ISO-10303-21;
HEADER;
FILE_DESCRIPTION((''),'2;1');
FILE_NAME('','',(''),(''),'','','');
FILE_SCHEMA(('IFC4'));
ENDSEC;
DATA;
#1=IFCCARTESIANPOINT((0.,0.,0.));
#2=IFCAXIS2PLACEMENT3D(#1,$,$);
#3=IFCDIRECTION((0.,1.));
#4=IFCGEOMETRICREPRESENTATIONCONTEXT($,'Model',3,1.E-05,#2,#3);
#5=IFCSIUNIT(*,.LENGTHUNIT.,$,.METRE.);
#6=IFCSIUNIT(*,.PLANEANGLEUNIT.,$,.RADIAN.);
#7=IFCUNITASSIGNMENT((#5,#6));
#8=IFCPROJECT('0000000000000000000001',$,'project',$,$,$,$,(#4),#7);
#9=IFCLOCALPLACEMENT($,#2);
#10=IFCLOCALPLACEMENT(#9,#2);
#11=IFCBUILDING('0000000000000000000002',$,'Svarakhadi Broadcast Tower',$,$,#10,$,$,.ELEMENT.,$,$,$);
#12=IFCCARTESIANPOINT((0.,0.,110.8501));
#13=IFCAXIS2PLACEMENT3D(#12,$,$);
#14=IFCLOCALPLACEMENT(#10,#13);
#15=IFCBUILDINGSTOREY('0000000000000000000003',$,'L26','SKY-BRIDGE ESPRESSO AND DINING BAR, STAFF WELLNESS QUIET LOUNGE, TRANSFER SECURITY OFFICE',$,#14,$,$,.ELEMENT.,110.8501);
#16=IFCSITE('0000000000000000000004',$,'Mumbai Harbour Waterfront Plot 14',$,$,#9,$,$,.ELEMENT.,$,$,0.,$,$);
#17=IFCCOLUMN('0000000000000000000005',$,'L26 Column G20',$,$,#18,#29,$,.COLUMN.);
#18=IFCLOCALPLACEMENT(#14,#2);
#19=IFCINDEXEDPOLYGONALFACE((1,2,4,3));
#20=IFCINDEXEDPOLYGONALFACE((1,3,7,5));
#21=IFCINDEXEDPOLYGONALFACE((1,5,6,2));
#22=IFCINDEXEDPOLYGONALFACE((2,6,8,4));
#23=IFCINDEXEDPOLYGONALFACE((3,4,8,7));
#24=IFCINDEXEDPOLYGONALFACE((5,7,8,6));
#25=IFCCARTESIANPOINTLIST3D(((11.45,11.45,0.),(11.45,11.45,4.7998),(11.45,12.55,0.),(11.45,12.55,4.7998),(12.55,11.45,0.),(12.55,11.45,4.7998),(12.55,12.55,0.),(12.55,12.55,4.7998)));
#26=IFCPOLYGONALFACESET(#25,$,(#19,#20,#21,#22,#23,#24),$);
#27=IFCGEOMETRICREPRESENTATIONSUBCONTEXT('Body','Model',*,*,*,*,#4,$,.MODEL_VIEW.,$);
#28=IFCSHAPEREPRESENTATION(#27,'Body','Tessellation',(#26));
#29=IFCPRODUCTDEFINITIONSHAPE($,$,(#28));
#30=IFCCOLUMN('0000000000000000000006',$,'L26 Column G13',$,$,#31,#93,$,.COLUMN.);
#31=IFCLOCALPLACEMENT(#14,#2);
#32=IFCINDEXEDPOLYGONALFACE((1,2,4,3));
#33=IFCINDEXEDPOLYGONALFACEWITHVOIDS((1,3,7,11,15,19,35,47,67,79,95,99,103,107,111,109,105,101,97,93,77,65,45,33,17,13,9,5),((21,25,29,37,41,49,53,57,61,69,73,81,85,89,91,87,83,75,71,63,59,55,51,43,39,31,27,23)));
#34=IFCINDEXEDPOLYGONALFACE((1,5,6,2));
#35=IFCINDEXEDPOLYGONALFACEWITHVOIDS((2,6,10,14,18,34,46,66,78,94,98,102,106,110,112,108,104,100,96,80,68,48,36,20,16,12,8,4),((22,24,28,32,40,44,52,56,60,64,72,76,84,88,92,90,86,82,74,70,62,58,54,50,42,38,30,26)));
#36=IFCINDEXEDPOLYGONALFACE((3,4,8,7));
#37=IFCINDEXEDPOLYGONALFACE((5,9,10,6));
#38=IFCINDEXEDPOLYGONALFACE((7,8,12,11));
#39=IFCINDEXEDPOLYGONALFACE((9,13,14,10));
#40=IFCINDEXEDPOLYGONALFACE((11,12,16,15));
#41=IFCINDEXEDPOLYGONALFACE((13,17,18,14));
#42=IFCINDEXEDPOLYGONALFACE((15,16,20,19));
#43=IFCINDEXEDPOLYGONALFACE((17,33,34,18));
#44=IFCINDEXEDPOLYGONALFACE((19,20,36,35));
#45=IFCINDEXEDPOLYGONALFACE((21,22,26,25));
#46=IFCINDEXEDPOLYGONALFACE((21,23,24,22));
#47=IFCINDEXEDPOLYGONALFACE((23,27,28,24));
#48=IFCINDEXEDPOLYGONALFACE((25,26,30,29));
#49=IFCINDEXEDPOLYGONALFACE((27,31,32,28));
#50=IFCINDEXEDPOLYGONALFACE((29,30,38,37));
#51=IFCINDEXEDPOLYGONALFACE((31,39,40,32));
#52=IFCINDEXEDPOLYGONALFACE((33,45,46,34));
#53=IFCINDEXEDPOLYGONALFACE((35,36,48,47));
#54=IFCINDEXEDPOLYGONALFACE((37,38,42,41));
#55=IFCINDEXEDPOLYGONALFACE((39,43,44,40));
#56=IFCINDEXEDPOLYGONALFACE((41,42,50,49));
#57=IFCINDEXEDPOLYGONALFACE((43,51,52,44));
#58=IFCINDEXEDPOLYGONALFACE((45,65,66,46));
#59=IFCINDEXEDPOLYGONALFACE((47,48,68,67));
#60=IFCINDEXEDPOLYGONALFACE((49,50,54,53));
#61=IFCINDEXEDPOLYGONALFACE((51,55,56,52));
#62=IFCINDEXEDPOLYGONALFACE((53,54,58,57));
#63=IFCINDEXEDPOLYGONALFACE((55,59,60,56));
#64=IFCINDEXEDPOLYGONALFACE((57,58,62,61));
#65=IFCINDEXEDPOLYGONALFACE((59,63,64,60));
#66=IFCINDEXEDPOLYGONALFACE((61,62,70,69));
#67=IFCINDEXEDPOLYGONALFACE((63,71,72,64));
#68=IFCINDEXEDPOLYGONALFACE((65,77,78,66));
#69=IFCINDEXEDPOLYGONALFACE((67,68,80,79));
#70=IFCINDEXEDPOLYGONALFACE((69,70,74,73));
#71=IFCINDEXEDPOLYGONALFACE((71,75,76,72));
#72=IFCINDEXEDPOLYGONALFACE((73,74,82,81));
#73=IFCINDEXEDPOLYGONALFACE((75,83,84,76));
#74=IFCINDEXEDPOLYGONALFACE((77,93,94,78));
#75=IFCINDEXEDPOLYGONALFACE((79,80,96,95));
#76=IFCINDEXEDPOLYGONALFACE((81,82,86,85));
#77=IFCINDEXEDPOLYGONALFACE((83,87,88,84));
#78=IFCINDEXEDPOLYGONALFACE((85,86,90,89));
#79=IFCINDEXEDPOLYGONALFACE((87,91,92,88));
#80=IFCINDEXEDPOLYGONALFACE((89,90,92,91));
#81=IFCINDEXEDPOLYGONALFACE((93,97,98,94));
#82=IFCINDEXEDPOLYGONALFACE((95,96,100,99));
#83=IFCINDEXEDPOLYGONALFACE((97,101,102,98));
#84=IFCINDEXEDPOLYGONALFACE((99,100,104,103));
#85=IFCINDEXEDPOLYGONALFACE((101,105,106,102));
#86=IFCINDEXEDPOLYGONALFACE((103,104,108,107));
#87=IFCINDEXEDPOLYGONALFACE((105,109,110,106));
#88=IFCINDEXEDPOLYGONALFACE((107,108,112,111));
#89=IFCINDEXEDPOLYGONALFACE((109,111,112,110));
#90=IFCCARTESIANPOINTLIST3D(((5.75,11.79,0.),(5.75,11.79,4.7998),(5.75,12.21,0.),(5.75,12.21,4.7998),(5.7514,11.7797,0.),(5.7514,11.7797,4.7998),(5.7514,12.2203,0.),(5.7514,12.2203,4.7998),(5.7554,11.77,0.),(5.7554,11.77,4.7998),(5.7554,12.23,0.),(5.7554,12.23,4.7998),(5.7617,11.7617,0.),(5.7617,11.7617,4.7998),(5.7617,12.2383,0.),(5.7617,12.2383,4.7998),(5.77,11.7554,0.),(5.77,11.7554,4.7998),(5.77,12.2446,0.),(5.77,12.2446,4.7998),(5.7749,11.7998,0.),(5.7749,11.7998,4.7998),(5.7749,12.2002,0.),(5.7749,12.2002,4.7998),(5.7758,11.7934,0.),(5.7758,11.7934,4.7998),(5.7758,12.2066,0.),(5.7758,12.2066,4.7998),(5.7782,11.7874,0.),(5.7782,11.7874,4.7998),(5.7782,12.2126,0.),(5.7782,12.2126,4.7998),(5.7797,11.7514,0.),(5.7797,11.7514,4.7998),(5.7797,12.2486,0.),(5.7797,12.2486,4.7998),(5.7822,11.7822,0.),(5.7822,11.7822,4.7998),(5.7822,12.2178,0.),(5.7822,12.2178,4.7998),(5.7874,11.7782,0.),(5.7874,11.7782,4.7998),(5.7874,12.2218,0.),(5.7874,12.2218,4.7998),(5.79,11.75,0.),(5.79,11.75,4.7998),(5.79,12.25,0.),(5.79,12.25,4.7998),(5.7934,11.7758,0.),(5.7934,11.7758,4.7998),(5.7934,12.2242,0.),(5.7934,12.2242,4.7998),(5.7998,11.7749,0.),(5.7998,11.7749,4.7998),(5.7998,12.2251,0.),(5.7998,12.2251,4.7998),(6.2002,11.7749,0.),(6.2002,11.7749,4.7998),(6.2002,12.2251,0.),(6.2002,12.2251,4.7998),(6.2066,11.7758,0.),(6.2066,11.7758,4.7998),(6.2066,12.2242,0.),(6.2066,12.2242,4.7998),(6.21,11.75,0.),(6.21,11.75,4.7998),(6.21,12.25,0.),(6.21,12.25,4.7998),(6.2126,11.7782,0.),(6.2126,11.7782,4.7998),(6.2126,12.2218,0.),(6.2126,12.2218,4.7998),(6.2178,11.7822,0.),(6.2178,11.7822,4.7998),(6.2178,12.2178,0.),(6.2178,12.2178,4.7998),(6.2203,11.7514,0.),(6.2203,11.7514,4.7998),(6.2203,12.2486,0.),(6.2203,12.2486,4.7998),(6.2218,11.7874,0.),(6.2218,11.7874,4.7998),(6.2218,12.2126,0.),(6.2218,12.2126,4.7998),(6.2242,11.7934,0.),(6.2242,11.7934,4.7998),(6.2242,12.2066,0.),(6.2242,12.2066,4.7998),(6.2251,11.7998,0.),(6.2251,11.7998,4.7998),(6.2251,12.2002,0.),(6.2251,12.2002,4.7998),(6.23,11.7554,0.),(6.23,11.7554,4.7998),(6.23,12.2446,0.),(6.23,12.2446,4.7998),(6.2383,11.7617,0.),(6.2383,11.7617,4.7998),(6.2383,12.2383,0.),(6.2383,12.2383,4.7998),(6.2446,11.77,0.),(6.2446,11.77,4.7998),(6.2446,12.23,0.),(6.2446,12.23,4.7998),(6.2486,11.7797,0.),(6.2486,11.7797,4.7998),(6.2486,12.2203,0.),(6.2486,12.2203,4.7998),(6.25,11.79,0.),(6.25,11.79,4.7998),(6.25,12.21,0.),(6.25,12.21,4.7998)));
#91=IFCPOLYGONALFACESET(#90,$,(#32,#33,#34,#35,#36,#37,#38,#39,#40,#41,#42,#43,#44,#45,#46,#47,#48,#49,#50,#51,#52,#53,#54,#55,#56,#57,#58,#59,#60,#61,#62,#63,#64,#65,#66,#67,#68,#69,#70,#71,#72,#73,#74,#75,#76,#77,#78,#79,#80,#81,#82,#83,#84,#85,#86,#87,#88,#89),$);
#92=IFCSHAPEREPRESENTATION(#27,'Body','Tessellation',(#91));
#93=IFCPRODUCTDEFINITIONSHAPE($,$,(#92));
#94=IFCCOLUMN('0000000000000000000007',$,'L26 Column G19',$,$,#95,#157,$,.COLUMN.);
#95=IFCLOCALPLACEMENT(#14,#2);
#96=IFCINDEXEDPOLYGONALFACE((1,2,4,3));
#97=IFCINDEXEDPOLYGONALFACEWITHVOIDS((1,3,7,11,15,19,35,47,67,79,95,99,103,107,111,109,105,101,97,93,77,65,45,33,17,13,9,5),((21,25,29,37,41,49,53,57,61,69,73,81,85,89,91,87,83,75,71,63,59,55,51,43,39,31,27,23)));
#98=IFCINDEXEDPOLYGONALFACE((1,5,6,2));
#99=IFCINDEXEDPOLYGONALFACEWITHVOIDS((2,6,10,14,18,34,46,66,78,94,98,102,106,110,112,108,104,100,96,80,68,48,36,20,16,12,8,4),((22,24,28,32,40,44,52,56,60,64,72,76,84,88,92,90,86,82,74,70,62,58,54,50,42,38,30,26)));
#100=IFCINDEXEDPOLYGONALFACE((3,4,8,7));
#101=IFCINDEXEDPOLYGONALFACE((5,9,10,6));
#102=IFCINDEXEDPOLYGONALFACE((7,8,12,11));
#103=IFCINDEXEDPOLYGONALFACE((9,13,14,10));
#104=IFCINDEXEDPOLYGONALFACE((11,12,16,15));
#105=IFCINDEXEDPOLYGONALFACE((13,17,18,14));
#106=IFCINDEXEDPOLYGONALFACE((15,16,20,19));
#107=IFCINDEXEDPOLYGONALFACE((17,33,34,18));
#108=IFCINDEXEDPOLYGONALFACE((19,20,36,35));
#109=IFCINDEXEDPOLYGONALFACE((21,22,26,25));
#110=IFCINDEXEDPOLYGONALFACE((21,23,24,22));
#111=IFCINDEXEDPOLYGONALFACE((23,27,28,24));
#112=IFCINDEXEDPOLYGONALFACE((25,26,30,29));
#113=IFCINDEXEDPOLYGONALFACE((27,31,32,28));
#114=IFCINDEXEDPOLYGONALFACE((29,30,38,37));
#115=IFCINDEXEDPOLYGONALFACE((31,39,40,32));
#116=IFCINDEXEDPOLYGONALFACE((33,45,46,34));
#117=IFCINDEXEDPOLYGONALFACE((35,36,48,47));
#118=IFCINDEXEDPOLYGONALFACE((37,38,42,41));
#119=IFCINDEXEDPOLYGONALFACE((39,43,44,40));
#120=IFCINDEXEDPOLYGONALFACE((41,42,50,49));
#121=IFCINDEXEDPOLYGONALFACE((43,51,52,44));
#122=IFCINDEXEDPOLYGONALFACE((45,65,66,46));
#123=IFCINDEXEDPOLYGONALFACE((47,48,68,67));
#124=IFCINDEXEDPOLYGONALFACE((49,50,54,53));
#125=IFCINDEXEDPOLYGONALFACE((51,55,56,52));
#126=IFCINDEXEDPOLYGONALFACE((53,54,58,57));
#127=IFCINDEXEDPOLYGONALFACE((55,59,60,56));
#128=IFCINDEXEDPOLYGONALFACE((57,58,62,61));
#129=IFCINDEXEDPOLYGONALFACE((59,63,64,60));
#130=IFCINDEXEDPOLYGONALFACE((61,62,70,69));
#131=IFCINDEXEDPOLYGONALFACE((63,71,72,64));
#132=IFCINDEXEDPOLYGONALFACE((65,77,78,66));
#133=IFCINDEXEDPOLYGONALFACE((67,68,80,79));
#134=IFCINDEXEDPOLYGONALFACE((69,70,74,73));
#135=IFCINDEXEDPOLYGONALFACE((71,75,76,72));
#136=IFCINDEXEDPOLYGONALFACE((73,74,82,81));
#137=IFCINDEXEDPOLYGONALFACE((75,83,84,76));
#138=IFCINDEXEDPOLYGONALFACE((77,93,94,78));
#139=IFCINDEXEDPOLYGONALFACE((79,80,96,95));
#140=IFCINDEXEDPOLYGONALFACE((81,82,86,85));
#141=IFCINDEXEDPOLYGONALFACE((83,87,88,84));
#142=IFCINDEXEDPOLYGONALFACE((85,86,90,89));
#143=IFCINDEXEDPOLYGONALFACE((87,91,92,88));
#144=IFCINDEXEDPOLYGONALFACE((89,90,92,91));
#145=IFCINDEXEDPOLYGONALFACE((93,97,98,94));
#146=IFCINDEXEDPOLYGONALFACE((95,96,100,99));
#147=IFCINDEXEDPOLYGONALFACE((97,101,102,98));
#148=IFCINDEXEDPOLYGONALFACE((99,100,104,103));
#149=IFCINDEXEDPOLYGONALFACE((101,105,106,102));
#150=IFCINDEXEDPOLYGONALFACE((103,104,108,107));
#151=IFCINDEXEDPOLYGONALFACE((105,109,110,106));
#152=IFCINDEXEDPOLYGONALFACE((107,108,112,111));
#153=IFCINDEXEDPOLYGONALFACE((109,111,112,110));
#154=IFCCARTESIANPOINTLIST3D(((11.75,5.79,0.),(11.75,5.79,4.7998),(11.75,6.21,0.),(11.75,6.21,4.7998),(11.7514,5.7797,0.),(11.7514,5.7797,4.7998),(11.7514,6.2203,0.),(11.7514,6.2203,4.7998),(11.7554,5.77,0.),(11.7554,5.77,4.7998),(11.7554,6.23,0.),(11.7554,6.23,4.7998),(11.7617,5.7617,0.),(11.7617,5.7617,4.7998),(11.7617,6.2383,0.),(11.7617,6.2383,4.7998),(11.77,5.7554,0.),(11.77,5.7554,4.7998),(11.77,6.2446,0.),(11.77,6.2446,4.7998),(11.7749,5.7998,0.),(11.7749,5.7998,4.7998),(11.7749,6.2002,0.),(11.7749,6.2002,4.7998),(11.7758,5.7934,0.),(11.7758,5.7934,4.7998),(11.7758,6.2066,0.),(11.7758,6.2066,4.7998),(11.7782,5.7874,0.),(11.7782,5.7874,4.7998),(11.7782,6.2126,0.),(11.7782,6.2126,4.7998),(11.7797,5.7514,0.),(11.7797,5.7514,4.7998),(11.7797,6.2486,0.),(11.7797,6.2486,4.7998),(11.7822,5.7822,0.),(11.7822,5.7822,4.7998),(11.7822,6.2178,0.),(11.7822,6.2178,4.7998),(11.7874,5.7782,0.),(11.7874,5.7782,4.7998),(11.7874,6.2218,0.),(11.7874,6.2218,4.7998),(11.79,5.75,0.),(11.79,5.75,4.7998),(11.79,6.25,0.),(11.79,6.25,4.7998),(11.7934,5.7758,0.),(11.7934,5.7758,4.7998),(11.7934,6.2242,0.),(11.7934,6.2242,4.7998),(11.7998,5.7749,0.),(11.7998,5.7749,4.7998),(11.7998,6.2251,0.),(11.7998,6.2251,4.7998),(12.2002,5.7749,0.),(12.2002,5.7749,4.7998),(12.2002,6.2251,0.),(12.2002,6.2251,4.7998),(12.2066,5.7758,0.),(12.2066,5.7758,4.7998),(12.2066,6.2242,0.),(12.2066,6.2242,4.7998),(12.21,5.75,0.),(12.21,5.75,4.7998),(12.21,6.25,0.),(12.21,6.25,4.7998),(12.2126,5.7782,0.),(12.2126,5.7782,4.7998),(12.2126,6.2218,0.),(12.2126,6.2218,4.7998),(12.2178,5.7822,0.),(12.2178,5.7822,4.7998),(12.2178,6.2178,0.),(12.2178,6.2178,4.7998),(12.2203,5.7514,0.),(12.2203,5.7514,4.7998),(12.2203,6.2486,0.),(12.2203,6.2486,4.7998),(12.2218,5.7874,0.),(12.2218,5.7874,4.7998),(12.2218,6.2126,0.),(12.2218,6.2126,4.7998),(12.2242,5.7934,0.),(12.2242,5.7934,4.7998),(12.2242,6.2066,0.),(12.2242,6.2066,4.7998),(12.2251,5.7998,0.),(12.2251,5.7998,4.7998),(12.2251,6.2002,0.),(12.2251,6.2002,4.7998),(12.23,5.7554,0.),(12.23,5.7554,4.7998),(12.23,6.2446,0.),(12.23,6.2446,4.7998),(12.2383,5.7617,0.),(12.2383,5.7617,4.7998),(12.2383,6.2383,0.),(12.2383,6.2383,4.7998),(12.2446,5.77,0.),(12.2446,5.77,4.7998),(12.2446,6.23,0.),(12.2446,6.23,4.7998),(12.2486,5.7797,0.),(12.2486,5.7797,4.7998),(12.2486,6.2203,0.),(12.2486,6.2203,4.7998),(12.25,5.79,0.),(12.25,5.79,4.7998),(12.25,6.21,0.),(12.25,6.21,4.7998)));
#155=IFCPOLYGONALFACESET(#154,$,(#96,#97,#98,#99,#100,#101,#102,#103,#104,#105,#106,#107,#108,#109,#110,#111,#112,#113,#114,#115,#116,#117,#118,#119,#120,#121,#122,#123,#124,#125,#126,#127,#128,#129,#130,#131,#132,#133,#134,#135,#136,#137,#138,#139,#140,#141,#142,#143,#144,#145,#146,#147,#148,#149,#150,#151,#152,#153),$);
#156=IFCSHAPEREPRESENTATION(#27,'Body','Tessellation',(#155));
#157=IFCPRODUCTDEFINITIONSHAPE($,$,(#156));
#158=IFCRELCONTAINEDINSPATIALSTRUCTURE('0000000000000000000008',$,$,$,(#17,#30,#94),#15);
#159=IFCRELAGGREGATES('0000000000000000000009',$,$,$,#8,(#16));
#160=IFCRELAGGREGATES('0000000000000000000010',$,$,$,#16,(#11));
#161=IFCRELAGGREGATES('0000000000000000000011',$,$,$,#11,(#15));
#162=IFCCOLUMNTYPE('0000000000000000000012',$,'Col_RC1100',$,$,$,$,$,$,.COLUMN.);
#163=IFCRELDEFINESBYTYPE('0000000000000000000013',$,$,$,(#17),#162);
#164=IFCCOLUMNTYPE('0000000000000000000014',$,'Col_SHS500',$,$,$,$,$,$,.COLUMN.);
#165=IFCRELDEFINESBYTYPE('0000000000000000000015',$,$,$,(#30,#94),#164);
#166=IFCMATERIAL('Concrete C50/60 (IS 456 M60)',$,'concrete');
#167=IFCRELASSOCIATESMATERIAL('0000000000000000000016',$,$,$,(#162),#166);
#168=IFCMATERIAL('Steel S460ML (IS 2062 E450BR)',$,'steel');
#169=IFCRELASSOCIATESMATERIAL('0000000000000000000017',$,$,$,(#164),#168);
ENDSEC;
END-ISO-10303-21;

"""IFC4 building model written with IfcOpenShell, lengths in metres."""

from ifc_helpers import new_model, si_unit, direction, frame, origin, origin_2d, place, context, subcontext, project, spatial, rectangle, hollow_rectangle, extrude, material, material_profile, profile_set, type_object, element, save


model = new_model("IFC4")

# Units and contexts
model_context = context("Model", 3, precision=1e-05, world=origin(), true_north=direction((0.0, 1.0)))
body_context = subcontext(model_context, "Body", "Model", "MODEL_VIEW")
ifc_project = project(units=[si_unit("LENGTHUNIT", "METRE"), si_unit("PLANEANGLEUNIT", "RADIAN")], contexts=[model_context])

# Site, building, storey
site_placement = place(None, origin())
site = spatial("IfcSite", under=ifc_project, at=site_placement, Name="Mumbai Harbour Waterfront Plot 14", CompositionType="ELEMENT", RefElevation=0.0)
building_placement = place(site_placement, origin())
building = spatial("IfcBuilding", under=site, at=building_placement, Name="Svarakhadi Broadcast Tower", CompositionType="ELEMENT")
storey_placement = place(building_placement, frame((0.0, 0.0, 110.8501)))
storey = spatial("IfcBuildingStorey", under=building, at=storey_placement, Name="L26", Description="SKY-BRIDGE ESPRESSO AND DINING BAR, STAFF WELLNESS QUIET LOUNGE, TRANSFER SECURITY OFFICE", CompositionType="ELEMENT", Elevation=110.8501)

# Columns
ifc_material_1 = material(Name="Concrete C50/60 (IS 456 M60)", Category="concrete")
ifc_material_profile_1 = material_profile(ifc_material_1, rectangle(XDim=1.1001, YDim=1.1001, at=origin_2d()), Name="RC 1100x1100")
ifc_profile_set_1 = profile_set([ifc_material_profile_1], Name="Concrete C50/60 (IS 456 M60)")
column_type_1 = type_object("IfcColumnType", Name="Col_RC1100", PredefinedType="COLUMN", material=ifc_profile_set_1)
column_placement = place(storey_placement, frame((12.0, 12.0, 0.0), z_axis=(0.0, 0.0, 1.0), x_axis=(1.0, 0.0, 0.0)))
element("IfcColumn", 1, at=column_placement, inside=storey, type_object=column_type_1, Name="L26 Column G20", PredefinedType="COLUMN", context=body_context, shape_type="SweptSolid", body=[
    extrude(rectangle(XDim=1.1001, YDim=1.1001, at=origin_2d()), origin(), (0.0, 0.0, 1.0), 4.7998),
])
ifc_material_2 = material(Name="Steel S460ML (IS 2062 E450BR)", Category="steel")
ifc_material_profile_2 = material_profile(ifc_material_2, hollow_rectangle(XDim=0.5, YDim=0.5, WallThickness=0.0249, InnerFilletRadius=0.0249, OuterFilletRadius=0.04, at=origin_2d()), Name="SHS 500x500x25")
ifc_profile_set_2 = profile_set([ifc_material_profile_2], Name="Steel S460ML (IS 2062 E450BR)")
column_type_2 = type_object("IfcColumnType", Name="Col_SHS500", PredefinedType="COLUMN", material=ifc_profile_set_2)
for number, where, z_axis, x_axis, name in (
    (2, (6.0, 12.0, 0.0), (0.0, 0.0, 1.0), (1.0, 0.0, 0.0), "L26 Column G13"),
    (3, (12.0, 6.0, 0.0), (0.0, 0.0, 1.0), (1.0, 0.0, 0.0), "L26 Column G19"),
):
    element("IfcColumn", number, at=place(storey_placement, frame(where, z_axis=z_axis, x_axis=x_axis)), inside=storey, type_object=column_type_2, Name=name, PredefinedType="COLUMN", context=body_context, shape_type="SweptSolid", body=[
        extrude(hollow_rectangle(XDim=0.5, YDim=0.5, WallThickness=0.0249, InnerFilletRadius=0.0249, OuterFilletRadius=0.04, at=origin_2d()), origin(), (0.0, 0.0, 1.0), 4.7998),
    ])

save(model, "model.ifc")
